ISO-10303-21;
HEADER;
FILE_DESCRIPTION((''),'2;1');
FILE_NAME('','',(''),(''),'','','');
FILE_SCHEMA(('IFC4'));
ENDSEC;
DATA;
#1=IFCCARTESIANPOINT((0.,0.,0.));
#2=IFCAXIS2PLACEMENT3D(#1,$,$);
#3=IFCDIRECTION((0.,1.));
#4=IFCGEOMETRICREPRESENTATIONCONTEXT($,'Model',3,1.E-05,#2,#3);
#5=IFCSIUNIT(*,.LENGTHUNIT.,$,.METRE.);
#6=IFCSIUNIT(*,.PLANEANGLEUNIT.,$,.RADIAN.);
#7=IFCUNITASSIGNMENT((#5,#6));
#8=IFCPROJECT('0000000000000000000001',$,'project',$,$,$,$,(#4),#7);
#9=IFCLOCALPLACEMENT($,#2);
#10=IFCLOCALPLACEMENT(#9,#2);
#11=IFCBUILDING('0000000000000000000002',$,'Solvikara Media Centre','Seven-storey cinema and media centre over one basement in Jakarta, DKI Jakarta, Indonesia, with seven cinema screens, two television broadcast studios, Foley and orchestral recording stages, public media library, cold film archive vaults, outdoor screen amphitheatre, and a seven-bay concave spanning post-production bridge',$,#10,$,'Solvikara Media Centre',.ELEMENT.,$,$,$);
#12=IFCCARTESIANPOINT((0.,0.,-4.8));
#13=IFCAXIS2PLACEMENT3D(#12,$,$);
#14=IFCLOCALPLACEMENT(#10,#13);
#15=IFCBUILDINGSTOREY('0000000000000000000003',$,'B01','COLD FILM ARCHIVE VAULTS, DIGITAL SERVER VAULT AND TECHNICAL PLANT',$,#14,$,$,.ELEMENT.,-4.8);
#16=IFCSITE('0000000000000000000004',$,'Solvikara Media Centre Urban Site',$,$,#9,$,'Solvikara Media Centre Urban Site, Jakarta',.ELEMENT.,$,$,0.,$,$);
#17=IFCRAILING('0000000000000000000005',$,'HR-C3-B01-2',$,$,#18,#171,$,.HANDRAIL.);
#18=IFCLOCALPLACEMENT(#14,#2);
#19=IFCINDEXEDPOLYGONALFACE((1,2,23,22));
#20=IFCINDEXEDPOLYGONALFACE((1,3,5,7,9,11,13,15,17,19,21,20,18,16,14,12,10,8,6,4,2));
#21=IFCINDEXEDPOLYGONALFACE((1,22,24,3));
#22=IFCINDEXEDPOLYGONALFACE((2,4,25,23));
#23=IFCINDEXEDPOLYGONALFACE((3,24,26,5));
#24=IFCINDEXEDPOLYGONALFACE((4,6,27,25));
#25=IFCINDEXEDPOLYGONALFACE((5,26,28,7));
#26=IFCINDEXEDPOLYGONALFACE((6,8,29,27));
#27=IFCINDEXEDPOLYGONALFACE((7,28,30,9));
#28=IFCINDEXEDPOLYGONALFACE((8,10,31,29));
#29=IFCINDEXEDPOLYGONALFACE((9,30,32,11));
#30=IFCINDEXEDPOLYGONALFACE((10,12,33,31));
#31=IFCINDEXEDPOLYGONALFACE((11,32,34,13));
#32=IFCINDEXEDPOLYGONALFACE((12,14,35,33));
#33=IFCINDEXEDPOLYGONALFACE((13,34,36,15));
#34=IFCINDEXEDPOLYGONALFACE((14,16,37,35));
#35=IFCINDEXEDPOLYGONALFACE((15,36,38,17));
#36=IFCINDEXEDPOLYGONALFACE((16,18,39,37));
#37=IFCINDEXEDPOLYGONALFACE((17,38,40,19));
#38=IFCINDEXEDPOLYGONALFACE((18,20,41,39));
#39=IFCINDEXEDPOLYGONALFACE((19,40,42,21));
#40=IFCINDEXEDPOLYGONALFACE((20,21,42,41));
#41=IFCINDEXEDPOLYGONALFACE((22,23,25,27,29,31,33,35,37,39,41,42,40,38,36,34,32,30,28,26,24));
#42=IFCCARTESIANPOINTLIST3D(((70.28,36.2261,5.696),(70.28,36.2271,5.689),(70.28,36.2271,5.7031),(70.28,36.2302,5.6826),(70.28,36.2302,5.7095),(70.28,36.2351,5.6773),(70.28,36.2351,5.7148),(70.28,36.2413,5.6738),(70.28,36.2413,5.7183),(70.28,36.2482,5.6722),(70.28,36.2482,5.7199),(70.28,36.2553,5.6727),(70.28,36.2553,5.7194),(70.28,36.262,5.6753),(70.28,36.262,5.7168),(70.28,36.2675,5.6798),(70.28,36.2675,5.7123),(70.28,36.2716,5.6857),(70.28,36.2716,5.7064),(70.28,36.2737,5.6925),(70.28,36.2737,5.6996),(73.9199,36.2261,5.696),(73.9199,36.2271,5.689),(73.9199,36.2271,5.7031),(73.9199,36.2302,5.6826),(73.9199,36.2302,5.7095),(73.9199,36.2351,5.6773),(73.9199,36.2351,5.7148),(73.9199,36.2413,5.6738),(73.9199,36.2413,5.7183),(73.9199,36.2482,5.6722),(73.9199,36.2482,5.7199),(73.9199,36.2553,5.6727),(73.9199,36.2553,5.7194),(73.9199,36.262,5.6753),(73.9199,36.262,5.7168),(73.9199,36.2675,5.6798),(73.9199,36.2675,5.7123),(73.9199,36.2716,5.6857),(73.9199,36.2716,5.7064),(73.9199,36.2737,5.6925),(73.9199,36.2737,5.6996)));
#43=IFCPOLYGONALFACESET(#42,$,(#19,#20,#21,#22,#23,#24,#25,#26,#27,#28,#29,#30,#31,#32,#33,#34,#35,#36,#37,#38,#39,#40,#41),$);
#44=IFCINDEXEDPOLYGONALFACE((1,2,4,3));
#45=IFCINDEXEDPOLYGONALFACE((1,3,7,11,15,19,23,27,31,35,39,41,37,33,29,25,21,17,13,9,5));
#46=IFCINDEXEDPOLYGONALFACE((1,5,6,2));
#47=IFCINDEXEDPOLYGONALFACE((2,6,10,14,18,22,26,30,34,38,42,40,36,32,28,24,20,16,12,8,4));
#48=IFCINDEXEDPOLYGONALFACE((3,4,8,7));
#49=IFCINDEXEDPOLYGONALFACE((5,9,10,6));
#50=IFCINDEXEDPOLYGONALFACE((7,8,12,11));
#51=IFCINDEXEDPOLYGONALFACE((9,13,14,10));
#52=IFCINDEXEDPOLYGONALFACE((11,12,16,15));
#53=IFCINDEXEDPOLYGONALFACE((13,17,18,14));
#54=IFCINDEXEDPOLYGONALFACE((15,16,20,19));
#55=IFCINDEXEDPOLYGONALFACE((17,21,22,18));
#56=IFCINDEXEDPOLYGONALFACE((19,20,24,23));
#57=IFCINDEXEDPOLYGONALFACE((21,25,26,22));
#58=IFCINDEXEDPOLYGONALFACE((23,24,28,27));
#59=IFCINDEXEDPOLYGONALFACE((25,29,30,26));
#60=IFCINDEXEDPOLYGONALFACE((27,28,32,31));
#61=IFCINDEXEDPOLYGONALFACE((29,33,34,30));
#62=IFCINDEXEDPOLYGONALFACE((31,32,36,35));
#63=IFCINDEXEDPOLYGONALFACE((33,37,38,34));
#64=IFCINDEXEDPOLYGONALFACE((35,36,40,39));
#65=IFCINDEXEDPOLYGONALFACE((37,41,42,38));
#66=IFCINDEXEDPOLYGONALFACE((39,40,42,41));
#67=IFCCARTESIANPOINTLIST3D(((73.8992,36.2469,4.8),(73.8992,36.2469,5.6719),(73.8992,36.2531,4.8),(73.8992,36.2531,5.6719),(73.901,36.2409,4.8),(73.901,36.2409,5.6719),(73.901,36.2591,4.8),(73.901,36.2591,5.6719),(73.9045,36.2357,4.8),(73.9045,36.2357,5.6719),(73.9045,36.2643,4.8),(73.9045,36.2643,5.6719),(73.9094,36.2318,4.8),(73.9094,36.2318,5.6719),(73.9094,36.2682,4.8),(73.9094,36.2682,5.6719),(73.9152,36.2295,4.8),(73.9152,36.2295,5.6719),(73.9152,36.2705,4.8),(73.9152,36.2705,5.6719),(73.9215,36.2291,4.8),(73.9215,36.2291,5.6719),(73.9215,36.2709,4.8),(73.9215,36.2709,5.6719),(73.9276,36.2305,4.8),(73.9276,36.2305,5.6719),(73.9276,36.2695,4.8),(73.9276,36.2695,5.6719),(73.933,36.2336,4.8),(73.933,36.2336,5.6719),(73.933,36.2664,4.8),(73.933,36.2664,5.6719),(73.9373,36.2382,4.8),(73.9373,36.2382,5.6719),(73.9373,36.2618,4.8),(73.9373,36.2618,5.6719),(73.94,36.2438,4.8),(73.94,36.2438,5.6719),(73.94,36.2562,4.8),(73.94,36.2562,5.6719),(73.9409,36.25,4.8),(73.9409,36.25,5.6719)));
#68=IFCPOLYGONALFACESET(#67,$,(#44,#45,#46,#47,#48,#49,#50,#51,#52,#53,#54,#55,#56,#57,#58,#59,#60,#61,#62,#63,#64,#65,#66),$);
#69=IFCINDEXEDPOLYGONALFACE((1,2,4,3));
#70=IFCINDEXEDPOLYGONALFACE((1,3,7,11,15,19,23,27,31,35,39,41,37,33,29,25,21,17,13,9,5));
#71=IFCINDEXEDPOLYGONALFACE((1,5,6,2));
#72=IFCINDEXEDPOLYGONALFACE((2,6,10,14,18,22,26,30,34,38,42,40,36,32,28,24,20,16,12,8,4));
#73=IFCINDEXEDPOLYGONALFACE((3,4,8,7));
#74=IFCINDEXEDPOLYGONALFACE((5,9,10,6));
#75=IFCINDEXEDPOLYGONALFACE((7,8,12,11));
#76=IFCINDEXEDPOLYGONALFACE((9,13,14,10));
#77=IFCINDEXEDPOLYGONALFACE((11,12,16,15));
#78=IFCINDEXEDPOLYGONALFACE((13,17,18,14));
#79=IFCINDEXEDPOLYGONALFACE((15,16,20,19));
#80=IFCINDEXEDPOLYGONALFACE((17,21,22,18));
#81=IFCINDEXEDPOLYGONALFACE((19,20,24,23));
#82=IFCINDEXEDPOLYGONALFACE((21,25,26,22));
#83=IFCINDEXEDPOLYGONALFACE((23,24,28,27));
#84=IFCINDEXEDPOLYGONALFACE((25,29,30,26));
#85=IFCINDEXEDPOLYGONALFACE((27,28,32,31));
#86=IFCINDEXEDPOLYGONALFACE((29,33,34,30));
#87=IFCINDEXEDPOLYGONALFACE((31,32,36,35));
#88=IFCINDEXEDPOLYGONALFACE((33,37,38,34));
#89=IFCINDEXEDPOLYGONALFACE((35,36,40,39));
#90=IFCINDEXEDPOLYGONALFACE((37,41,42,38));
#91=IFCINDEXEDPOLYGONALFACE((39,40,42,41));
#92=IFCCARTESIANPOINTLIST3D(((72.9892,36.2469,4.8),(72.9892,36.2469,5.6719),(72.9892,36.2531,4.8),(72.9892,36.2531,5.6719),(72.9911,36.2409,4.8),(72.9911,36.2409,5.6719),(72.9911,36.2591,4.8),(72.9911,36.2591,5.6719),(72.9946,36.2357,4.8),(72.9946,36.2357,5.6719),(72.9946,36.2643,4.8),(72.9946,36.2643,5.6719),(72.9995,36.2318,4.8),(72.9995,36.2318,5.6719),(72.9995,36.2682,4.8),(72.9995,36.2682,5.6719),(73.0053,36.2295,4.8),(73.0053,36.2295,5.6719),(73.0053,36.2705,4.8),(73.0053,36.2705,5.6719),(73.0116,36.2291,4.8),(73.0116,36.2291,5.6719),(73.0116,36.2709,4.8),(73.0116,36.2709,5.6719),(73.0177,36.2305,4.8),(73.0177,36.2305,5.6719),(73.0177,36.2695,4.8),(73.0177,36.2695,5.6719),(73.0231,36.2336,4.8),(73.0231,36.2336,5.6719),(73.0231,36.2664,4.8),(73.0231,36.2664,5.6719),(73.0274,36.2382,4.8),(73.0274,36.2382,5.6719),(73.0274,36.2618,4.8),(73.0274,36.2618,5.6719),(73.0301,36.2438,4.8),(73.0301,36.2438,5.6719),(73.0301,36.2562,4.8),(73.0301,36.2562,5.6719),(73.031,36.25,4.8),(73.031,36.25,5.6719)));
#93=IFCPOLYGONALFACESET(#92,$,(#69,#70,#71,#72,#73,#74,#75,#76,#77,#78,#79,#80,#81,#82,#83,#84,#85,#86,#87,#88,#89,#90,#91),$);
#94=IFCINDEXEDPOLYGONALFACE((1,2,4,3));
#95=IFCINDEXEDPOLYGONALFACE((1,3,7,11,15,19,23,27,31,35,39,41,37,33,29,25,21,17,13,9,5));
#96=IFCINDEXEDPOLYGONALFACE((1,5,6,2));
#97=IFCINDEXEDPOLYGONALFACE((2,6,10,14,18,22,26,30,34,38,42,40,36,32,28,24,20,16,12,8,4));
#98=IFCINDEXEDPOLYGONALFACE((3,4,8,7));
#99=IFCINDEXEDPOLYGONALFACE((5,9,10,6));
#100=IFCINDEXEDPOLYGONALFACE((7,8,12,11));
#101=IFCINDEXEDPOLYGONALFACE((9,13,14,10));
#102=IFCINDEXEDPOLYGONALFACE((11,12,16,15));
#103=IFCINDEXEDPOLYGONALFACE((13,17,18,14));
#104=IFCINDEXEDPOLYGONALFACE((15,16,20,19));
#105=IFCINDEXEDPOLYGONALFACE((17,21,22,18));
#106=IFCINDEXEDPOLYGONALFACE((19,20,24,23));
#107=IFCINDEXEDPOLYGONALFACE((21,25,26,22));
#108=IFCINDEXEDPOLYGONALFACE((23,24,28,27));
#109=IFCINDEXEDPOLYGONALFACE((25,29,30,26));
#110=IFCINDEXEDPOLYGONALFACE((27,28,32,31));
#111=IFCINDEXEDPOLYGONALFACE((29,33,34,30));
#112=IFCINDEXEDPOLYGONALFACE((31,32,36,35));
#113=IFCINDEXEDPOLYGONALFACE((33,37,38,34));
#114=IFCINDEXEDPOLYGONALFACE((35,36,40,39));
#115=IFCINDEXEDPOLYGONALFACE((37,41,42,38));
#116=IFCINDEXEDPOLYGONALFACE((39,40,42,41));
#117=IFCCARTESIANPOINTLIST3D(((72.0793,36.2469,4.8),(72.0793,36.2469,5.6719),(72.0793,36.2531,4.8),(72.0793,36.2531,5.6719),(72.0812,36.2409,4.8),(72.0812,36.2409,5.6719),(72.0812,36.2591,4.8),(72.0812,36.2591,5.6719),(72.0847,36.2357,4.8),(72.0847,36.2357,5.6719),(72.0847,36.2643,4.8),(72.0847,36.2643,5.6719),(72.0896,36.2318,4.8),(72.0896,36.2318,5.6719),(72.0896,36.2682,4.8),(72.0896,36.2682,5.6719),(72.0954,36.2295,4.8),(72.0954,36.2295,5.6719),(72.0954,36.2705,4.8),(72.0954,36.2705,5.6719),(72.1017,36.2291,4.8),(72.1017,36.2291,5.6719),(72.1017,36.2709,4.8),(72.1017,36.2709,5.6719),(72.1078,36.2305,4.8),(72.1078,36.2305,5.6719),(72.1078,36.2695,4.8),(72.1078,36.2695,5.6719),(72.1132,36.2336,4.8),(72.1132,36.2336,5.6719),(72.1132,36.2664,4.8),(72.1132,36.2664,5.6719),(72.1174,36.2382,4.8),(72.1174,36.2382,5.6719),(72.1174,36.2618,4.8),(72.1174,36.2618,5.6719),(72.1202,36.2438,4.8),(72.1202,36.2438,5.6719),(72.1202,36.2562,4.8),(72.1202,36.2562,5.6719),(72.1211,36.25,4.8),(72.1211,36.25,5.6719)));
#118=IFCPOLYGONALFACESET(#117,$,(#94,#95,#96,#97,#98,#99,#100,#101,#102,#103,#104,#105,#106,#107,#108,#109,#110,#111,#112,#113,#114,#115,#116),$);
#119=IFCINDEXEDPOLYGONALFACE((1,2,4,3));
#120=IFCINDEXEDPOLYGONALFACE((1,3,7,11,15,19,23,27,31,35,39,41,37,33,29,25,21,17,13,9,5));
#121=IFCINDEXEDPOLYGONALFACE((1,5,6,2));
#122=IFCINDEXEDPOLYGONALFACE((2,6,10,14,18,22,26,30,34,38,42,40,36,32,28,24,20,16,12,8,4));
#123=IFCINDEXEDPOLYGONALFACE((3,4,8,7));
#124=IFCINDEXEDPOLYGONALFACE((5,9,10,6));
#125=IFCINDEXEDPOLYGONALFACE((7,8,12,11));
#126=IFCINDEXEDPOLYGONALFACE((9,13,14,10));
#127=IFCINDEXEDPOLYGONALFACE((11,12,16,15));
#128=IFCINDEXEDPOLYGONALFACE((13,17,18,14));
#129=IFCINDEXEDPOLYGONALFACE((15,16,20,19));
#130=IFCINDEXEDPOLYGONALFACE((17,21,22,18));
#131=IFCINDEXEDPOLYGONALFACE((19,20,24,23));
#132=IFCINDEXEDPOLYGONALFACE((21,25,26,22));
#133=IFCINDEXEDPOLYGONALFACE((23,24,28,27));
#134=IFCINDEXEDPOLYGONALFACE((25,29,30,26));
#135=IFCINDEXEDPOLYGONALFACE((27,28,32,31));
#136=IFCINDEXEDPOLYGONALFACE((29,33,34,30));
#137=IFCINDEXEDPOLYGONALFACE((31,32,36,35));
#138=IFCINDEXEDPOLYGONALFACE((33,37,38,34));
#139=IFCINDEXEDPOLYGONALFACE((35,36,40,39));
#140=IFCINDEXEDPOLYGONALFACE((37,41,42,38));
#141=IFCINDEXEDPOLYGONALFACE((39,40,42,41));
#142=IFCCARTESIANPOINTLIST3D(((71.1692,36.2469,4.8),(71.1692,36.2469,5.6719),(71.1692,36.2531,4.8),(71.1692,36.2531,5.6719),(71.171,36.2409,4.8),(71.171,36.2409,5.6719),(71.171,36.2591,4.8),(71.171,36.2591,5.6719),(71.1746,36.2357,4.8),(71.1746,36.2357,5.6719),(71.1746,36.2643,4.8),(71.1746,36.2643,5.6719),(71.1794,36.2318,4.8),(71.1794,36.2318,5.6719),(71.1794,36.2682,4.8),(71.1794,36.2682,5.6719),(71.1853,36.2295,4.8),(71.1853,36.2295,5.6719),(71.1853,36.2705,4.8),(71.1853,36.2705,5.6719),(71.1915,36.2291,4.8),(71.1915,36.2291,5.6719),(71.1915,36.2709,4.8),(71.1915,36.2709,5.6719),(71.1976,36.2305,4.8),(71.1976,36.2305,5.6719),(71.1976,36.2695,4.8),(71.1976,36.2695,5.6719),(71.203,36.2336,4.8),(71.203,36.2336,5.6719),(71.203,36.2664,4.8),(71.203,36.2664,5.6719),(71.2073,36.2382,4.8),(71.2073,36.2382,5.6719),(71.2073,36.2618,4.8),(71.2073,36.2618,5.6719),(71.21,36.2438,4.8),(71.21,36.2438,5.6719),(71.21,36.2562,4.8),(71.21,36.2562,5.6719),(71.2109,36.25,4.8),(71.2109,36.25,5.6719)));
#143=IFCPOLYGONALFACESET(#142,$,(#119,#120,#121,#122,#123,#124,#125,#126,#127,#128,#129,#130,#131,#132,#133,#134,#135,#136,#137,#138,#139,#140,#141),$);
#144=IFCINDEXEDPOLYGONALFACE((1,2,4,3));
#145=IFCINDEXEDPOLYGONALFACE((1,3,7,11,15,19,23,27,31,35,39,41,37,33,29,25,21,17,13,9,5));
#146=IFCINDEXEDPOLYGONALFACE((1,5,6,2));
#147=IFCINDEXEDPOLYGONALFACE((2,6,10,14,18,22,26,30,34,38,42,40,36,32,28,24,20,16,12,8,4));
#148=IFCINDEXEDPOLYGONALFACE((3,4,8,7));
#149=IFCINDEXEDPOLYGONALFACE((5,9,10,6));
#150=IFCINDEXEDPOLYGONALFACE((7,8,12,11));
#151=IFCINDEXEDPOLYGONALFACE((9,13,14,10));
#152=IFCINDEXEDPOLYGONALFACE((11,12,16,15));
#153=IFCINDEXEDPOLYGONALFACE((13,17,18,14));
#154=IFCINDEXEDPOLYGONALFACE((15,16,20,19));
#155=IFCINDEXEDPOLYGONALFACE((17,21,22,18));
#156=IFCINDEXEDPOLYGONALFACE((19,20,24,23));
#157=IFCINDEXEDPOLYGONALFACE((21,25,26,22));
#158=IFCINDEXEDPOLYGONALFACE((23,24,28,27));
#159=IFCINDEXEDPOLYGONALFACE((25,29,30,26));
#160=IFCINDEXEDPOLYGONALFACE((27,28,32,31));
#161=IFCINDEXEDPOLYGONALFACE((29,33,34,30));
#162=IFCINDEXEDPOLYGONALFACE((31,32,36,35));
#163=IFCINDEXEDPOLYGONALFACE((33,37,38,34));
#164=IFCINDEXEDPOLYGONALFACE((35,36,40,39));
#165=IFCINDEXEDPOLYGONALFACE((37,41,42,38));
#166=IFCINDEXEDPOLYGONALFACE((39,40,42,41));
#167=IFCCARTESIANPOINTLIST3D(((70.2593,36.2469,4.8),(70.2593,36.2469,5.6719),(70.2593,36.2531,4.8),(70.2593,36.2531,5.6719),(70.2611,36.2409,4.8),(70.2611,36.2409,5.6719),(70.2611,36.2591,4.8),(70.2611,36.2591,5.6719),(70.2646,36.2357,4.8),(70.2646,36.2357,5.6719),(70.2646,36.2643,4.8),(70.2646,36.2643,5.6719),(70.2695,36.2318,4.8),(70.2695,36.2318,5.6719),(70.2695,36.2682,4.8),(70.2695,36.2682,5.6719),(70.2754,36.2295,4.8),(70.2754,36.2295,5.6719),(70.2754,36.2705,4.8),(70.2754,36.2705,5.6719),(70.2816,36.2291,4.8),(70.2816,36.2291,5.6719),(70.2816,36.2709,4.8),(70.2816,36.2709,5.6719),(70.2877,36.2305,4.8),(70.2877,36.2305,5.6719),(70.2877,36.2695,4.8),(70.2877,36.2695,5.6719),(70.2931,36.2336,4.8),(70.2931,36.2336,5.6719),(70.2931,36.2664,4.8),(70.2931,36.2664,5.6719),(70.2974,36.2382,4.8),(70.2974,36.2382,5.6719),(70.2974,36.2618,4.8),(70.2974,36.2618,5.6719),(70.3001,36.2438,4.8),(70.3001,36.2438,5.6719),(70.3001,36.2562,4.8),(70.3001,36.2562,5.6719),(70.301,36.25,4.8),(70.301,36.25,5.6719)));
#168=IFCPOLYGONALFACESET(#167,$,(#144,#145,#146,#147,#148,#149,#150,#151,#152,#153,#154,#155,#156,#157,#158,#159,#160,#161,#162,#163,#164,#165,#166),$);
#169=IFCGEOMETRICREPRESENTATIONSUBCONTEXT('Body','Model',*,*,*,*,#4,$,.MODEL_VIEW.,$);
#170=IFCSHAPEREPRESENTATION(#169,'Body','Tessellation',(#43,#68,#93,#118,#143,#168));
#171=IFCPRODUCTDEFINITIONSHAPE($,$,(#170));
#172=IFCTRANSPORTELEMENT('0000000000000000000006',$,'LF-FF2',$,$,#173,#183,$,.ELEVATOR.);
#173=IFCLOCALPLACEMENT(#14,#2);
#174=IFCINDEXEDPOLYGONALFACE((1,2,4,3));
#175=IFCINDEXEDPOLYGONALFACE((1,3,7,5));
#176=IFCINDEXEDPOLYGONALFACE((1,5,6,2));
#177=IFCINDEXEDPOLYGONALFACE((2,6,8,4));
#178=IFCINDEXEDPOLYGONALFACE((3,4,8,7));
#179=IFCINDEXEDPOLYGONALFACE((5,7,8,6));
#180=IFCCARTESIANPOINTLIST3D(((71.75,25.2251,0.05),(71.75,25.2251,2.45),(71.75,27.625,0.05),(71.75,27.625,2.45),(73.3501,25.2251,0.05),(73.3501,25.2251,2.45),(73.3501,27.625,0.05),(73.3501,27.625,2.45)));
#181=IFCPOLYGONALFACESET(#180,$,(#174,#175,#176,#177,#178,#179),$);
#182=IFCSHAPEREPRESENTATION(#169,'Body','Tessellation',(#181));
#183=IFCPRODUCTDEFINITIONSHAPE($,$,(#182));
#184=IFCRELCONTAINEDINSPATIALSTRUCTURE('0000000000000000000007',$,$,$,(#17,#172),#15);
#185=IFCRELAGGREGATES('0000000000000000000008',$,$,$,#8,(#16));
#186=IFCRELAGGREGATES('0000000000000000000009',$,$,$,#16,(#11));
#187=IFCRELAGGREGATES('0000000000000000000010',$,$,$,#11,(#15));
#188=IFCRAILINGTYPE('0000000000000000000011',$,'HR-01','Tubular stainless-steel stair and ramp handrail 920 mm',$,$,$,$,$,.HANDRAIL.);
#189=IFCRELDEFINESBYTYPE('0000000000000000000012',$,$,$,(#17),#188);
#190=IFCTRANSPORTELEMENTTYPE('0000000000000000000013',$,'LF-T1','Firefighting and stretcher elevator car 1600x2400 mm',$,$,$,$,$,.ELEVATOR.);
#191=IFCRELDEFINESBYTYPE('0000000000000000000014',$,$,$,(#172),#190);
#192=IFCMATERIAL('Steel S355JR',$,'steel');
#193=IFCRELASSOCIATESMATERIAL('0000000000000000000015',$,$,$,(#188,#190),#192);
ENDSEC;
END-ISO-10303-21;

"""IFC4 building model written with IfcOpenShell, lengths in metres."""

from ifc_helpers import new_model, si_unit, direction, frame, origin, origin_2d, place, context, subcontext, project, spatial, rectangle, circle, extrude, material, type_object, element, save


model = new_model("IFC4")

# Units and contexts
model_context = context("Model", 3, precision=1e-05, world=origin(), true_north=direction((0.0, 1.0)))
body_context = subcontext(model_context, "Body", "Model", "MODEL_VIEW")
ifc_project = project(units=[si_unit("LENGTHUNIT", "METRE"), si_unit("PLANEANGLEUNIT", "RADIAN")], contexts=[model_context])

# Site, building, storey
site_placement = place(None, origin())
site = spatial("IfcSite", under=ifc_project, at=site_placement, Name="Solvikara Media Centre Urban Site", LongName="Solvikara Media Centre Urban Site, Jakarta", CompositionType="ELEMENT", RefElevation=0.0)
building_placement = place(site_placement, origin())
building = spatial("IfcBuilding", under=site, at=building_placement, Name="Solvikara Media Centre", Description="Seven-storey cinema and media centre over one basement in Jakarta, DKI Jakarta, Indonesia, with seven cinema screens, two television broadcast studios, Foley and orchestral recording stages, public media library, cold film archive vaults, outdoor screen amphitheatre, and a seven-bay concave spanning post-production bridge", LongName="Solvikara Media Centre", CompositionType="ELEMENT")
storey_placement = place(building_placement, frame((0.0, 0.0, -4.8)))
storey = spatial("IfcBuildingStorey", under=building, at=storey_placement, Name="B01", Description="COLD FILM ARCHIVE VAULTS, DIGITAL SERVER VAULT AND TECHNICAL PLANT", CompositionType="ELEMENT", Elevation=-4.8)

# Railing
ifc_material_1 = material(Name="Steel S355JR", Category="steel")
railing_type_1 = type_object("IfcRailingType", Name="HR-01", Description="Tubular stainless-steel stair and ramp handrail 920 mm", PredefinedType="HANDRAIL", material=ifc_material_1)
railing_1_placement = place(storey_placement, frame((73.9199, 36.25, 4.8)))
element("IfcRailing", 1, at=railing_1_placement, inside=storey, type_object=railing_type_1, Name="HR-C3-B01-2", PredefinedType="HANDRAIL", context=body_context, shape_type="SweptSolid", body=[
    extrude(circle(Radius=0.0239, at=origin_2d()), frame((0.0, 0.0, 0.896), z_axis=(-1.0, 0.0, 0.0), x_axis=(0.0, -1.0, 0.0)), (0.0, 0.0, 1.0), 3.6399),
    extrude(circle(Radius=0.021, at=origin_2d()), origin(), (0.0, 0.0, 1.0), 0.8718),
    extrude(circle(Radius=0.021, at=origin_2d()), frame((-0.9099, 0.0, 0.0)), (0.0, 0.0, 1.0), 0.8718),
    extrude(circle(Radius=0.021, at=origin_2d()), frame((-1.8198, 0.0, 0.0)), (0.0, 0.0, 1.0), 0.8718),
    extrude(circle(Radius=0.021, at=origin_2d()), frame((-2.73, 0.0, 0.0)), (0.0, 0.0, 1.0), 0.8718),
    extrude(circle(Radius=0.021, at=origin_2d()), frame((-3.6399, 0.0, 0.0)), (0.0, 0.0, 1.0), 0.8718),
])

# Transport element
transport_element_type = type_object("IfcTransportElementType", Name="LF-T1", Description="Firefighting and stretcher elevator car 1600x2400 mm", PredefinedType="ELEVATOR", material=ifc_material_1)
transport_element_placement = place(storey_placement, frame((72.55, 26.425, 0.05), z_axis=(0.0, 0.0, 1.0), x_axis=(1.0, 0.0, 0.0)))
element("IfcTransportElement", 2, at=transport_element_placement, inside=storey, type_object=transport_element_type, Name="LF-FF2", PredefinedType="ELEVATOR", context=body_context, shape_type="SweptSolid", body=[
    extrude(rectangle(XDim=1.6001, YDim=2.3999, at=origin_2d()), origin(), (0.0, 0.0, 1.0), 2.3999),
])

save(model, "model.ifc")
